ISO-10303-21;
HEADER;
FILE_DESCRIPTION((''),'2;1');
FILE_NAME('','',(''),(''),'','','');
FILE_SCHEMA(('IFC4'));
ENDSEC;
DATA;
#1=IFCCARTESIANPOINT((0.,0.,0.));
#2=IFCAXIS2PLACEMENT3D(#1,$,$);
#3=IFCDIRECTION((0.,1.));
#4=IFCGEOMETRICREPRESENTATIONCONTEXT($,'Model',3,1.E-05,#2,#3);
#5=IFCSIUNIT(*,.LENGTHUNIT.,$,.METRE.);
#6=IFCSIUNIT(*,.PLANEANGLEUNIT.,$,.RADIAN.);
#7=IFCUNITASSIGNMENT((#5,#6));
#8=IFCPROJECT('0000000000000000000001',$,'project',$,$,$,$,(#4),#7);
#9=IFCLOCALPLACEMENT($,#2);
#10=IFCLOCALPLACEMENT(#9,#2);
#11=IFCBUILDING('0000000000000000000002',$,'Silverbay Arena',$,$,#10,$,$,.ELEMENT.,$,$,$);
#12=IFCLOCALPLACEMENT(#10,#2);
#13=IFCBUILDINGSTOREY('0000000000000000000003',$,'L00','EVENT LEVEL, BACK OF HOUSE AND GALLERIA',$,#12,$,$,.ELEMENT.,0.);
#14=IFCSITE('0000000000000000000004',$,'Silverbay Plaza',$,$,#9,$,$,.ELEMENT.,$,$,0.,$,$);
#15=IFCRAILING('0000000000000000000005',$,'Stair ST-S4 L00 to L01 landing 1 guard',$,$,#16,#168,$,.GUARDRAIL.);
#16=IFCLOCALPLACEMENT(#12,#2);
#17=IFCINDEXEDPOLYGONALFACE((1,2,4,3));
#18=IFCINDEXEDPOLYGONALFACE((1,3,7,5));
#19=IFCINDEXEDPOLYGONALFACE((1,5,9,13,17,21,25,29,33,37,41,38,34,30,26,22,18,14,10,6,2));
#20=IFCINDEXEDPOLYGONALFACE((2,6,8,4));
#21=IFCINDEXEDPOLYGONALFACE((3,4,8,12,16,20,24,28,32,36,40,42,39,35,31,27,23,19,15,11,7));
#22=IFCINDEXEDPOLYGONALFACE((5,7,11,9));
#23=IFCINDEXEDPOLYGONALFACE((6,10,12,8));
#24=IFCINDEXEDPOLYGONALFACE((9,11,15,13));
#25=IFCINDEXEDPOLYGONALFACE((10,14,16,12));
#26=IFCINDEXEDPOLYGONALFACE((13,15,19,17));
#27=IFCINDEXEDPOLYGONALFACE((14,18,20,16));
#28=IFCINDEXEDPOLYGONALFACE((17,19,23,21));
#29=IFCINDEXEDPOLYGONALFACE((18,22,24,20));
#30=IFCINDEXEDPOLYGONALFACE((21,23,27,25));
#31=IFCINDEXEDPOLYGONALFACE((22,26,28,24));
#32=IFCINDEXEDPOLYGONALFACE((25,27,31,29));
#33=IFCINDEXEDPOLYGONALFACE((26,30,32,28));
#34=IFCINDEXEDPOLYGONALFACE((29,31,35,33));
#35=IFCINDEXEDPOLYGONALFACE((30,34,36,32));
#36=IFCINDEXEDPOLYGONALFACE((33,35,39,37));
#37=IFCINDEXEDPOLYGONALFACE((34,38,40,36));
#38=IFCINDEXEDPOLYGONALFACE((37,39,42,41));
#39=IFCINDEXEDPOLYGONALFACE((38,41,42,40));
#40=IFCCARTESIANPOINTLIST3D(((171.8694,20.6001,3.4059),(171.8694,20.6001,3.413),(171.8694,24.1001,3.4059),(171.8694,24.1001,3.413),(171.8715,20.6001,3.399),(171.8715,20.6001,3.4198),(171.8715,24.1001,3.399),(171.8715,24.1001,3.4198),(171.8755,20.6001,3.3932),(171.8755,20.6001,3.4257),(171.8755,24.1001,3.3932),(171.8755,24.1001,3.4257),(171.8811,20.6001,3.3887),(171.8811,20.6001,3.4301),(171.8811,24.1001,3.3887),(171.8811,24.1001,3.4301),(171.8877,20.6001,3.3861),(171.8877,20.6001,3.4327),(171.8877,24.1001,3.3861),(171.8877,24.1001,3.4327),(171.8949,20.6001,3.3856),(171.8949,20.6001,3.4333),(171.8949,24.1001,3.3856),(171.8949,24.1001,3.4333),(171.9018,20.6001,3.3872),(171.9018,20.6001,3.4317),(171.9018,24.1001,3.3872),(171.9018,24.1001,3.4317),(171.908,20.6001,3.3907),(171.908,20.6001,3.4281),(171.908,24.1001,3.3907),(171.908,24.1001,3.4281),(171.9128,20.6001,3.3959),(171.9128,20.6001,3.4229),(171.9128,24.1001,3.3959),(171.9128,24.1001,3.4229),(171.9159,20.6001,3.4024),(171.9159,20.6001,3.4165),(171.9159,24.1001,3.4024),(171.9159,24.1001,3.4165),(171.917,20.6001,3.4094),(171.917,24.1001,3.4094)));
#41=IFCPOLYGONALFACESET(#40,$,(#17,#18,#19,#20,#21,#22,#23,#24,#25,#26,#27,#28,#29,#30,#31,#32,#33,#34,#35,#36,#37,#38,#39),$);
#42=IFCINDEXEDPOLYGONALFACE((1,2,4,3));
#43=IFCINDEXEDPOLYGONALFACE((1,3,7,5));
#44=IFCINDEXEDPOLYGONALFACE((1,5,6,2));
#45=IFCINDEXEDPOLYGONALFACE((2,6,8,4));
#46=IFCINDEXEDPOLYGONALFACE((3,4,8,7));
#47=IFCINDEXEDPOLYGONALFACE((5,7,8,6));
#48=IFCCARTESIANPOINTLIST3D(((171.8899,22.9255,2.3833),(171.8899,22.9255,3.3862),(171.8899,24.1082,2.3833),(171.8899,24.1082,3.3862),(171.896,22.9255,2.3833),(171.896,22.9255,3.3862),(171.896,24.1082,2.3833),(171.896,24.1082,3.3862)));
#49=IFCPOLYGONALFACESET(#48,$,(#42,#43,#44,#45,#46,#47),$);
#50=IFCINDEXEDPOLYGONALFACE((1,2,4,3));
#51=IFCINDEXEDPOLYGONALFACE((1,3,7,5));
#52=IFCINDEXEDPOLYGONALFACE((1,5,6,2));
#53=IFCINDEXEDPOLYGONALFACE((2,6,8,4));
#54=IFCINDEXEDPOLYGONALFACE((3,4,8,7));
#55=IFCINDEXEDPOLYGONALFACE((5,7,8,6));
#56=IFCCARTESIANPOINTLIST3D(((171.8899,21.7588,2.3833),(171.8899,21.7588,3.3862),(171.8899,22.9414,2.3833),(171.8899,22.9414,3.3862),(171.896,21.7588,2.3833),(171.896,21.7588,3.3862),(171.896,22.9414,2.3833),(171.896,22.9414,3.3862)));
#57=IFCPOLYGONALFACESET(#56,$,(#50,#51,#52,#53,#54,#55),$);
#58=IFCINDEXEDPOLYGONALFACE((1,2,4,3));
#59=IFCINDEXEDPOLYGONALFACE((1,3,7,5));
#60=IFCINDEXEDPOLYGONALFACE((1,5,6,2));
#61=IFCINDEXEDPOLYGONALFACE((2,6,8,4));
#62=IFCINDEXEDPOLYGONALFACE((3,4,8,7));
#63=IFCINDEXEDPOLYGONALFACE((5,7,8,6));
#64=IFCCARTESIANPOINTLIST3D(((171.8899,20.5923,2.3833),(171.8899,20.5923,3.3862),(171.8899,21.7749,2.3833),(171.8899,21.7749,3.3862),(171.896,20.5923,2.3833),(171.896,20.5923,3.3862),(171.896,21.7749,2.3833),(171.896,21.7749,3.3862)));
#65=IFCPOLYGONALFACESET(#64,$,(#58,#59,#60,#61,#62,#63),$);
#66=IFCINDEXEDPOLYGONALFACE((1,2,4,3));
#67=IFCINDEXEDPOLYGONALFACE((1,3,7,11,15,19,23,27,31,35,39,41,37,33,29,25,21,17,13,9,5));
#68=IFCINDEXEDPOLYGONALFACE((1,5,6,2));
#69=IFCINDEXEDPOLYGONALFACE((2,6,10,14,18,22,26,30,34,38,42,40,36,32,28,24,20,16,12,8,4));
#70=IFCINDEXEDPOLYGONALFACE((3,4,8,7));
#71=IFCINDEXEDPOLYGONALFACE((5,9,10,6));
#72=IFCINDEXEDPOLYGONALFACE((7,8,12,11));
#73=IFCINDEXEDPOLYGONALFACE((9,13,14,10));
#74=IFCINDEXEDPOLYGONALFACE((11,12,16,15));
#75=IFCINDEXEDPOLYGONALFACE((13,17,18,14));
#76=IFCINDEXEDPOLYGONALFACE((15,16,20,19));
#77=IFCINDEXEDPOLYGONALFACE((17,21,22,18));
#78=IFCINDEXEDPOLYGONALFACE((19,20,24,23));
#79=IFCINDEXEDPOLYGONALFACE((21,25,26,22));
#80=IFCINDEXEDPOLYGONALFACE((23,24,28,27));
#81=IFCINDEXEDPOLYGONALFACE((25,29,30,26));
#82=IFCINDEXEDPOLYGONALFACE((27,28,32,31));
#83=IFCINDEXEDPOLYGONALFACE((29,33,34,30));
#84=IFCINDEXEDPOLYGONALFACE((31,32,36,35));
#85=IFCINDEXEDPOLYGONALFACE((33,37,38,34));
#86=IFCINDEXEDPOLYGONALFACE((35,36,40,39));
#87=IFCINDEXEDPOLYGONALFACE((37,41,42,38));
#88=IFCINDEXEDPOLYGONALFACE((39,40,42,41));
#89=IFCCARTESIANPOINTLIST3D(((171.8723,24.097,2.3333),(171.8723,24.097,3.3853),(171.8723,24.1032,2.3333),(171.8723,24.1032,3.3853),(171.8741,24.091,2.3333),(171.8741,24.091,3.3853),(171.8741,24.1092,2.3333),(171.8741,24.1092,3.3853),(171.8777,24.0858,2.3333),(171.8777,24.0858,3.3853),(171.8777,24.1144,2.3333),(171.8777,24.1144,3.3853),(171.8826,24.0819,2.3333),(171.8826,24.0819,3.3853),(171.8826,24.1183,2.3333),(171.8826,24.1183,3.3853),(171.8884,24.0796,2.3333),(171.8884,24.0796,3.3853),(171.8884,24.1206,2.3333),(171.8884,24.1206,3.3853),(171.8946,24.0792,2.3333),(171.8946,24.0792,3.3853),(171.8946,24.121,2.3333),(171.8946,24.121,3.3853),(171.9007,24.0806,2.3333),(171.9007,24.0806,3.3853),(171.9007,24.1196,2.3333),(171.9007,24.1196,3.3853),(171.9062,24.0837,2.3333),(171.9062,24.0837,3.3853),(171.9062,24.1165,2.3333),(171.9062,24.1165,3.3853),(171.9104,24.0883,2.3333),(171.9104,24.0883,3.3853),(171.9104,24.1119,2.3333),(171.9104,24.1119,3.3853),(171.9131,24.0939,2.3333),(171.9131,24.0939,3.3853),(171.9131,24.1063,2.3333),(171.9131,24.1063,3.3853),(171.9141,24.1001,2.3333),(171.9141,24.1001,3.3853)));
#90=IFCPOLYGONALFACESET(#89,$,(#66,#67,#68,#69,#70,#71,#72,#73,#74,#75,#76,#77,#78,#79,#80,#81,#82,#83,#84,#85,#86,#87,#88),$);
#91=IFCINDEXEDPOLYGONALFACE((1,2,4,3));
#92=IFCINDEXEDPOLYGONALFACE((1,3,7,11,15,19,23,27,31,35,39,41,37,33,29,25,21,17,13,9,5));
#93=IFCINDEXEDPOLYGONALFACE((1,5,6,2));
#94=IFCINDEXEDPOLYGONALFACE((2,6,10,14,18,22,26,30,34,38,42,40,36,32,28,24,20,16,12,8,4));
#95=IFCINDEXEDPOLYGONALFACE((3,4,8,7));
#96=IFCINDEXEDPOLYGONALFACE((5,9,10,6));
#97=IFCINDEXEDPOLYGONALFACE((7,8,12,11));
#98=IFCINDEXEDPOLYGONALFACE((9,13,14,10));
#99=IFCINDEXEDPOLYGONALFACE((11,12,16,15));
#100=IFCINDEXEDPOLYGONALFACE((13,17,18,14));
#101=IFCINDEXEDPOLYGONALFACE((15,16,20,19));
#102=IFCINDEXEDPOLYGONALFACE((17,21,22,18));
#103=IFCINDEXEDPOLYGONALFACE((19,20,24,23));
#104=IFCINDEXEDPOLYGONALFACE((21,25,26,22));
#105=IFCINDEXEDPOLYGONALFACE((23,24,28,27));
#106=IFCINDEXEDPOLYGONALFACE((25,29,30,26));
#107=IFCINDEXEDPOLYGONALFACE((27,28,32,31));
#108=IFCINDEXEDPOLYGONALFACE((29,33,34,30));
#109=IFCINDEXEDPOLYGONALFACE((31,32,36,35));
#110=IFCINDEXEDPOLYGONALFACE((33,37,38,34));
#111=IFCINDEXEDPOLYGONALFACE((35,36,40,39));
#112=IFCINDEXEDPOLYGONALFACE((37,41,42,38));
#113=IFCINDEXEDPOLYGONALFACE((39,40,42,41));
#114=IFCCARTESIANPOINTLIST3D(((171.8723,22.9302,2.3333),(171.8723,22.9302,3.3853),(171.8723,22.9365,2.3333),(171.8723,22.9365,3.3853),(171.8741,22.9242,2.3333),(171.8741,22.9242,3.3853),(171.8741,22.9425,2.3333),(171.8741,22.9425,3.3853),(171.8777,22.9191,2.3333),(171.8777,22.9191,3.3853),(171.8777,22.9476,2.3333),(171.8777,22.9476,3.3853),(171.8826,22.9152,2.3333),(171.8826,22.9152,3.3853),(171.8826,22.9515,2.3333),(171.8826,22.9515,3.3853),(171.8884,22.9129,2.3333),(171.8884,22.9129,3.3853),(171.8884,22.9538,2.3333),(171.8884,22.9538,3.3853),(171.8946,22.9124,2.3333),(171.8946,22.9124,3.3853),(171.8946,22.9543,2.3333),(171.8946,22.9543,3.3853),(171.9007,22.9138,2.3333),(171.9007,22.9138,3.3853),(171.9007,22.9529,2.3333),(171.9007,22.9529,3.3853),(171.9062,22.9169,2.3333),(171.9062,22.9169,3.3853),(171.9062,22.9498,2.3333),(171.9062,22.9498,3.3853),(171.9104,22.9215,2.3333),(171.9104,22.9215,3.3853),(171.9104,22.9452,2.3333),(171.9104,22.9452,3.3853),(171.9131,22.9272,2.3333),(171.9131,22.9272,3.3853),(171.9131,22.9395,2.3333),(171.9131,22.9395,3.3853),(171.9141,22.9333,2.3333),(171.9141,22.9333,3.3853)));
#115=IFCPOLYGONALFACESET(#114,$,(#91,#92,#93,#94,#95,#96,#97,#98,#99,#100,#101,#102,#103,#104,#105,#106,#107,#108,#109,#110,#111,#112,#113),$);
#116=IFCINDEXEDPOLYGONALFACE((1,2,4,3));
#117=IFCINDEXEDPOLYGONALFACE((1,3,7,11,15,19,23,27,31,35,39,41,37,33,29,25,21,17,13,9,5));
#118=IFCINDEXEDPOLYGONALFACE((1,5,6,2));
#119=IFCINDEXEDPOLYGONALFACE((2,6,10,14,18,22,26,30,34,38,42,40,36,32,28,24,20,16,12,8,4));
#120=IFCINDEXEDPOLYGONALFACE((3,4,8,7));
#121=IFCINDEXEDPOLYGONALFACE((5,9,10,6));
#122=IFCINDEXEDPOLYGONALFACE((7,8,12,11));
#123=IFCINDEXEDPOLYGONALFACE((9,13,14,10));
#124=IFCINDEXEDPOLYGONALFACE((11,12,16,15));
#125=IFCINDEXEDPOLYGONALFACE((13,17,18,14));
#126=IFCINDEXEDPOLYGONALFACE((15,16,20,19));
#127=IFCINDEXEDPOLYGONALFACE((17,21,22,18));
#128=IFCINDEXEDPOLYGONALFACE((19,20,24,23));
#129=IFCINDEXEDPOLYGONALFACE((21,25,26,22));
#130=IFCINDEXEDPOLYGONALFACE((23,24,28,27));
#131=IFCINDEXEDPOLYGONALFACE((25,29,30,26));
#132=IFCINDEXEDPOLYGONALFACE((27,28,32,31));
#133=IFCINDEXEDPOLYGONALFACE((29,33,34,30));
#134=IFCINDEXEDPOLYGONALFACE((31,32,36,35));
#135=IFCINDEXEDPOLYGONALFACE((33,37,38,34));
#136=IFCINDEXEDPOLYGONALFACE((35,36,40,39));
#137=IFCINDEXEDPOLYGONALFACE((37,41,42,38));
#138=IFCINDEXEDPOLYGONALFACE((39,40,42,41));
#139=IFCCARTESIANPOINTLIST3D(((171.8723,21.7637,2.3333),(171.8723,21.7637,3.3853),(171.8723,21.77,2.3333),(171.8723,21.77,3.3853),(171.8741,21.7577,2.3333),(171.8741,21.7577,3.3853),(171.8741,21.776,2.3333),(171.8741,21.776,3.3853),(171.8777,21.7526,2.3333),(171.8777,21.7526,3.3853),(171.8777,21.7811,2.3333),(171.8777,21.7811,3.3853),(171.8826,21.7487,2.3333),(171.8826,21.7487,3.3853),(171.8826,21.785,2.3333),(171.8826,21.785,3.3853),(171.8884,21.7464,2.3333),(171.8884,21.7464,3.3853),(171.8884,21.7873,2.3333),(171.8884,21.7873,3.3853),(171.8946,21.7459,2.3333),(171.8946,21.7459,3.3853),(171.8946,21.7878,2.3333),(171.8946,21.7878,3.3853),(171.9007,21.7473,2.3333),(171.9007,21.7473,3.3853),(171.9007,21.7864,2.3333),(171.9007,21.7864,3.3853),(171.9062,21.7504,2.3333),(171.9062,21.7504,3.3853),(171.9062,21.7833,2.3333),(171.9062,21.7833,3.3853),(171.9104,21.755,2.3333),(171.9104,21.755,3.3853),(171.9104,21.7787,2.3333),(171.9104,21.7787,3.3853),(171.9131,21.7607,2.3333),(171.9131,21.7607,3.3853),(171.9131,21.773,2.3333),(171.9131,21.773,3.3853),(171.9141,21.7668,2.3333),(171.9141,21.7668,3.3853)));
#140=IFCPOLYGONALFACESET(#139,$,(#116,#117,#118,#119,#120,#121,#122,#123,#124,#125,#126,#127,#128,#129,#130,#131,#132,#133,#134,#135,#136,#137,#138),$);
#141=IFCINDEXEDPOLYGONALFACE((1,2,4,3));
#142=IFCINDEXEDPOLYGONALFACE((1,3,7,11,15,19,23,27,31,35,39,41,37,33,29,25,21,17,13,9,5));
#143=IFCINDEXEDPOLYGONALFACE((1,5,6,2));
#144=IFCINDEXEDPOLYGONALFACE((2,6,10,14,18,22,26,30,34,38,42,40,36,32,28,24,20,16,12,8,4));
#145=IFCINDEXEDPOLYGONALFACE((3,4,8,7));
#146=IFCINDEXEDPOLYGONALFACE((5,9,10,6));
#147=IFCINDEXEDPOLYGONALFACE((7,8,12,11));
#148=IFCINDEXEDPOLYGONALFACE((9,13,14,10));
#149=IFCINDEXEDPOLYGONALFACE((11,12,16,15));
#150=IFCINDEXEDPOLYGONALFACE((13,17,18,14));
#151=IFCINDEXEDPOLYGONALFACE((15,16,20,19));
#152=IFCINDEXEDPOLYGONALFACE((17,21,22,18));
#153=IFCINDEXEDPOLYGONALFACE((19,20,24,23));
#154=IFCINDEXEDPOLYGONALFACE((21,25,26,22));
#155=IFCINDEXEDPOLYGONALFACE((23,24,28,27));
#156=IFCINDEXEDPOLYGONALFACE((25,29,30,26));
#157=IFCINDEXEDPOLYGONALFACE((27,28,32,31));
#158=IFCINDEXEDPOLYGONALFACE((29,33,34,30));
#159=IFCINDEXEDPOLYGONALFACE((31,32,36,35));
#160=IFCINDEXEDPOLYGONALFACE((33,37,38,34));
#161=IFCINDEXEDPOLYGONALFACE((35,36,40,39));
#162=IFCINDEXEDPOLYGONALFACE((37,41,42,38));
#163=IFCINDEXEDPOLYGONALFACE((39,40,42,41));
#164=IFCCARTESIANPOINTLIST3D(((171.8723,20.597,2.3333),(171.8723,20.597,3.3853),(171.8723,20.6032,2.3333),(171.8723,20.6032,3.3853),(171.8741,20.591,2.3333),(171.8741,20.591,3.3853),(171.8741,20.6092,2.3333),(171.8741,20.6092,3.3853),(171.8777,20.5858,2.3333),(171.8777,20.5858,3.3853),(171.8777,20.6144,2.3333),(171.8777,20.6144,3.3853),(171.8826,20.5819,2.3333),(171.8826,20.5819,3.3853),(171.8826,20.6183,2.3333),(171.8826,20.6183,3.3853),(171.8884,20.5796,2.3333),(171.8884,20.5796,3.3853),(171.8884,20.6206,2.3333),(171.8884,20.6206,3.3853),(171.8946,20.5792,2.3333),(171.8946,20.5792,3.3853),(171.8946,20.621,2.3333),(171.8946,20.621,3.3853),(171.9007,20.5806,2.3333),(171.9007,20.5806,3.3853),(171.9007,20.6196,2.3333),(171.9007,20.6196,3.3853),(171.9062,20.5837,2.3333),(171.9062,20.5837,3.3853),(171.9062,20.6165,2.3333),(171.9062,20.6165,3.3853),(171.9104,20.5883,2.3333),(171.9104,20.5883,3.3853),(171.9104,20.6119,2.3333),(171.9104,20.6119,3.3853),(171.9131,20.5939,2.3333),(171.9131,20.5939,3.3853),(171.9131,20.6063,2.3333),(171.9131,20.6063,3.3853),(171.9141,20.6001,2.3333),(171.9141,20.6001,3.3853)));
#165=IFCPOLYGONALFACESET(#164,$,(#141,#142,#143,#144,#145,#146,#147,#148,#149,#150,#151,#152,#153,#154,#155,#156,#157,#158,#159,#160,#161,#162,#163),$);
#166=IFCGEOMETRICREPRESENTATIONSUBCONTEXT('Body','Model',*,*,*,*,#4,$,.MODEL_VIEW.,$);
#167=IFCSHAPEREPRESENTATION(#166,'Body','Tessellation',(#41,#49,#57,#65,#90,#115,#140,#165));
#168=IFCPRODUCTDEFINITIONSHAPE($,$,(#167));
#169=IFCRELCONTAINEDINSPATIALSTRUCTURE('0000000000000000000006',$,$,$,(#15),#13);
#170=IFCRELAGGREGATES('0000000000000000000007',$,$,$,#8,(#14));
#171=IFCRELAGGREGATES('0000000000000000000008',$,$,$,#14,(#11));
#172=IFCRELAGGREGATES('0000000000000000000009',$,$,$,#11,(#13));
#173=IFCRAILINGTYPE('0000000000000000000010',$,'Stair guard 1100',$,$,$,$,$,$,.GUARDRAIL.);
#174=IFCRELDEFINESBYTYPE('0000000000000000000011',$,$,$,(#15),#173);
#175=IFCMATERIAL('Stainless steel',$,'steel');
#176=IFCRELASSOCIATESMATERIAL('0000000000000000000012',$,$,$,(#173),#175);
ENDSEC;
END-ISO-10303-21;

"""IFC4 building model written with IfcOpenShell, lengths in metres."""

from ifc_helpers import new_model, si_unit, direction, frame, origin, origin_2d, place, context, subcontext, project, spatial, polyline, circle, outline, extrude, material, type_object, element, save


model = new_model("IFC4")

# Units and contexts
model_context = context("Model", 3, precision=1e-05, world=origin(), true_north=direction((0.0, 1.0)))
body_context = subcontext(model_context, "Body", "Model", "MODEL_VIEW")
ifc_project = project(units=[si_unit("LENGTHUNIT", "METRE"), si_unit("PLANEANGLEUNIT", "RADIAN")], contexts=[model_context])

# Site, building, storey
site_placement = place(None, origin())
site = spatial("IfcSite", under=ifc_project, at=site_placement, Name="Silverbay Plaza", CompositionType="ELEMENT", RefElevation=0.0)
building_placement = place(site_placement, origin())
building = spatial("IfcBuilding", under=site, at=building_placement, Name="Silverbay Arena", CompositionType="ELEMENT")
storey_placement = place(building_placement, origin())
storey = spatial("IfcBuildingStorey", under=building, at=storey_placement, Name="L00", Description="EVENT LEVEL, BACK OF HOUSE AND GALLERIA", CompositionType="ELEMENT", Elevation=0.0)

# Railing
ifc_material_1 = material(Name="Stainless steel", Category="steel")
railing_type_1 = type_object("IfcRailingType", Name="Stair guard 1100", PredefinedType="GUARDRAIL", material=ifc_material_1)
for number, where, name in (
    (1, (171.8931, 24.1001, 2.3333), "Stair ST-S4 L00 to L01 landing 1 guard"),
):
    element("IfcRailing", number, at=place(storey_placement, frame(where)), inside=storey, type_object=railing_type_1, Name=name, PredefinedType="GUARDRAIL", context=body_context, shape_type="SweptSolid", body=[
        extrude(circle(Radius=0.0239, at=origin_2d()), frame((0.0, 0.0, 1.0762), z_axis=(0.0, -1.0, 0.0), x_axis=(1.0, 0.0, 0.0)), (0.0, 0.0, 1.0), 3.5),
        extrude(outline(polyline([(-0.0081, 0.05), (1.1746, 0.05), (1.1746, 1.053), (-0.0081, 1.053), (-0.0081, 0.05)])), frame((0.0029, 0.0, 0.0), z_axis=(-1.0, 0.0, 0.0), x_axis=(0.0, -1.0, 0.0)), (0.0, 0.0, 1.0), 0.0061),
        extrude(outline(polyline([(-0.0081, 0.05), (1.1746, 0.05), (1.1746, 1.053), (-0.0081, 1.053), (-0.0081, 0.05)])), frame((0.0029, -1.1667, 0.0), z_axis=(-1.0, 0.0, 0.0), x_axis=(0.0, -1.0, 0.0)), (0.0, 0.0, 1.0), 0.0061),
        extrude(outline(polyline([(-0.0081, 0.05), (1.1746, 0.05), (1.1746, 1.053), (-0.0081, 1.053), (-0.0081, 0.05)])), frame((0.0029, -2.3333, 0.0), z_axis=(-1.0, 0.0, 0.0), x_axis=(0.0, -1.0, 0.0)), (0.0, 0.0, 1.0), 0.0061),
        extrude(circle(Radius=0.021, at=origin_2d()), origin(), (0.0, 0.0, 1.0), 1.052),
        extrude(circle(Radius=0.021, at=origin_2d()), frame((0.0, -1.1667, 0.0)), (0.0, 0.0, 1.0), 1.052),
        extrude(circle(Radius=0.021, at=origin_2d()), frame((0.0, -2.3333, 0.0)), (0.0, 0.0, 1.0), 1.052),
        extrude(circle(Radius=0.021, at=origin_2d()), frame((0.0, -3.5, 0.0)), (0.0, 0.0, 1.0), 1.052),
    ])

save(model, "model.ifc")
